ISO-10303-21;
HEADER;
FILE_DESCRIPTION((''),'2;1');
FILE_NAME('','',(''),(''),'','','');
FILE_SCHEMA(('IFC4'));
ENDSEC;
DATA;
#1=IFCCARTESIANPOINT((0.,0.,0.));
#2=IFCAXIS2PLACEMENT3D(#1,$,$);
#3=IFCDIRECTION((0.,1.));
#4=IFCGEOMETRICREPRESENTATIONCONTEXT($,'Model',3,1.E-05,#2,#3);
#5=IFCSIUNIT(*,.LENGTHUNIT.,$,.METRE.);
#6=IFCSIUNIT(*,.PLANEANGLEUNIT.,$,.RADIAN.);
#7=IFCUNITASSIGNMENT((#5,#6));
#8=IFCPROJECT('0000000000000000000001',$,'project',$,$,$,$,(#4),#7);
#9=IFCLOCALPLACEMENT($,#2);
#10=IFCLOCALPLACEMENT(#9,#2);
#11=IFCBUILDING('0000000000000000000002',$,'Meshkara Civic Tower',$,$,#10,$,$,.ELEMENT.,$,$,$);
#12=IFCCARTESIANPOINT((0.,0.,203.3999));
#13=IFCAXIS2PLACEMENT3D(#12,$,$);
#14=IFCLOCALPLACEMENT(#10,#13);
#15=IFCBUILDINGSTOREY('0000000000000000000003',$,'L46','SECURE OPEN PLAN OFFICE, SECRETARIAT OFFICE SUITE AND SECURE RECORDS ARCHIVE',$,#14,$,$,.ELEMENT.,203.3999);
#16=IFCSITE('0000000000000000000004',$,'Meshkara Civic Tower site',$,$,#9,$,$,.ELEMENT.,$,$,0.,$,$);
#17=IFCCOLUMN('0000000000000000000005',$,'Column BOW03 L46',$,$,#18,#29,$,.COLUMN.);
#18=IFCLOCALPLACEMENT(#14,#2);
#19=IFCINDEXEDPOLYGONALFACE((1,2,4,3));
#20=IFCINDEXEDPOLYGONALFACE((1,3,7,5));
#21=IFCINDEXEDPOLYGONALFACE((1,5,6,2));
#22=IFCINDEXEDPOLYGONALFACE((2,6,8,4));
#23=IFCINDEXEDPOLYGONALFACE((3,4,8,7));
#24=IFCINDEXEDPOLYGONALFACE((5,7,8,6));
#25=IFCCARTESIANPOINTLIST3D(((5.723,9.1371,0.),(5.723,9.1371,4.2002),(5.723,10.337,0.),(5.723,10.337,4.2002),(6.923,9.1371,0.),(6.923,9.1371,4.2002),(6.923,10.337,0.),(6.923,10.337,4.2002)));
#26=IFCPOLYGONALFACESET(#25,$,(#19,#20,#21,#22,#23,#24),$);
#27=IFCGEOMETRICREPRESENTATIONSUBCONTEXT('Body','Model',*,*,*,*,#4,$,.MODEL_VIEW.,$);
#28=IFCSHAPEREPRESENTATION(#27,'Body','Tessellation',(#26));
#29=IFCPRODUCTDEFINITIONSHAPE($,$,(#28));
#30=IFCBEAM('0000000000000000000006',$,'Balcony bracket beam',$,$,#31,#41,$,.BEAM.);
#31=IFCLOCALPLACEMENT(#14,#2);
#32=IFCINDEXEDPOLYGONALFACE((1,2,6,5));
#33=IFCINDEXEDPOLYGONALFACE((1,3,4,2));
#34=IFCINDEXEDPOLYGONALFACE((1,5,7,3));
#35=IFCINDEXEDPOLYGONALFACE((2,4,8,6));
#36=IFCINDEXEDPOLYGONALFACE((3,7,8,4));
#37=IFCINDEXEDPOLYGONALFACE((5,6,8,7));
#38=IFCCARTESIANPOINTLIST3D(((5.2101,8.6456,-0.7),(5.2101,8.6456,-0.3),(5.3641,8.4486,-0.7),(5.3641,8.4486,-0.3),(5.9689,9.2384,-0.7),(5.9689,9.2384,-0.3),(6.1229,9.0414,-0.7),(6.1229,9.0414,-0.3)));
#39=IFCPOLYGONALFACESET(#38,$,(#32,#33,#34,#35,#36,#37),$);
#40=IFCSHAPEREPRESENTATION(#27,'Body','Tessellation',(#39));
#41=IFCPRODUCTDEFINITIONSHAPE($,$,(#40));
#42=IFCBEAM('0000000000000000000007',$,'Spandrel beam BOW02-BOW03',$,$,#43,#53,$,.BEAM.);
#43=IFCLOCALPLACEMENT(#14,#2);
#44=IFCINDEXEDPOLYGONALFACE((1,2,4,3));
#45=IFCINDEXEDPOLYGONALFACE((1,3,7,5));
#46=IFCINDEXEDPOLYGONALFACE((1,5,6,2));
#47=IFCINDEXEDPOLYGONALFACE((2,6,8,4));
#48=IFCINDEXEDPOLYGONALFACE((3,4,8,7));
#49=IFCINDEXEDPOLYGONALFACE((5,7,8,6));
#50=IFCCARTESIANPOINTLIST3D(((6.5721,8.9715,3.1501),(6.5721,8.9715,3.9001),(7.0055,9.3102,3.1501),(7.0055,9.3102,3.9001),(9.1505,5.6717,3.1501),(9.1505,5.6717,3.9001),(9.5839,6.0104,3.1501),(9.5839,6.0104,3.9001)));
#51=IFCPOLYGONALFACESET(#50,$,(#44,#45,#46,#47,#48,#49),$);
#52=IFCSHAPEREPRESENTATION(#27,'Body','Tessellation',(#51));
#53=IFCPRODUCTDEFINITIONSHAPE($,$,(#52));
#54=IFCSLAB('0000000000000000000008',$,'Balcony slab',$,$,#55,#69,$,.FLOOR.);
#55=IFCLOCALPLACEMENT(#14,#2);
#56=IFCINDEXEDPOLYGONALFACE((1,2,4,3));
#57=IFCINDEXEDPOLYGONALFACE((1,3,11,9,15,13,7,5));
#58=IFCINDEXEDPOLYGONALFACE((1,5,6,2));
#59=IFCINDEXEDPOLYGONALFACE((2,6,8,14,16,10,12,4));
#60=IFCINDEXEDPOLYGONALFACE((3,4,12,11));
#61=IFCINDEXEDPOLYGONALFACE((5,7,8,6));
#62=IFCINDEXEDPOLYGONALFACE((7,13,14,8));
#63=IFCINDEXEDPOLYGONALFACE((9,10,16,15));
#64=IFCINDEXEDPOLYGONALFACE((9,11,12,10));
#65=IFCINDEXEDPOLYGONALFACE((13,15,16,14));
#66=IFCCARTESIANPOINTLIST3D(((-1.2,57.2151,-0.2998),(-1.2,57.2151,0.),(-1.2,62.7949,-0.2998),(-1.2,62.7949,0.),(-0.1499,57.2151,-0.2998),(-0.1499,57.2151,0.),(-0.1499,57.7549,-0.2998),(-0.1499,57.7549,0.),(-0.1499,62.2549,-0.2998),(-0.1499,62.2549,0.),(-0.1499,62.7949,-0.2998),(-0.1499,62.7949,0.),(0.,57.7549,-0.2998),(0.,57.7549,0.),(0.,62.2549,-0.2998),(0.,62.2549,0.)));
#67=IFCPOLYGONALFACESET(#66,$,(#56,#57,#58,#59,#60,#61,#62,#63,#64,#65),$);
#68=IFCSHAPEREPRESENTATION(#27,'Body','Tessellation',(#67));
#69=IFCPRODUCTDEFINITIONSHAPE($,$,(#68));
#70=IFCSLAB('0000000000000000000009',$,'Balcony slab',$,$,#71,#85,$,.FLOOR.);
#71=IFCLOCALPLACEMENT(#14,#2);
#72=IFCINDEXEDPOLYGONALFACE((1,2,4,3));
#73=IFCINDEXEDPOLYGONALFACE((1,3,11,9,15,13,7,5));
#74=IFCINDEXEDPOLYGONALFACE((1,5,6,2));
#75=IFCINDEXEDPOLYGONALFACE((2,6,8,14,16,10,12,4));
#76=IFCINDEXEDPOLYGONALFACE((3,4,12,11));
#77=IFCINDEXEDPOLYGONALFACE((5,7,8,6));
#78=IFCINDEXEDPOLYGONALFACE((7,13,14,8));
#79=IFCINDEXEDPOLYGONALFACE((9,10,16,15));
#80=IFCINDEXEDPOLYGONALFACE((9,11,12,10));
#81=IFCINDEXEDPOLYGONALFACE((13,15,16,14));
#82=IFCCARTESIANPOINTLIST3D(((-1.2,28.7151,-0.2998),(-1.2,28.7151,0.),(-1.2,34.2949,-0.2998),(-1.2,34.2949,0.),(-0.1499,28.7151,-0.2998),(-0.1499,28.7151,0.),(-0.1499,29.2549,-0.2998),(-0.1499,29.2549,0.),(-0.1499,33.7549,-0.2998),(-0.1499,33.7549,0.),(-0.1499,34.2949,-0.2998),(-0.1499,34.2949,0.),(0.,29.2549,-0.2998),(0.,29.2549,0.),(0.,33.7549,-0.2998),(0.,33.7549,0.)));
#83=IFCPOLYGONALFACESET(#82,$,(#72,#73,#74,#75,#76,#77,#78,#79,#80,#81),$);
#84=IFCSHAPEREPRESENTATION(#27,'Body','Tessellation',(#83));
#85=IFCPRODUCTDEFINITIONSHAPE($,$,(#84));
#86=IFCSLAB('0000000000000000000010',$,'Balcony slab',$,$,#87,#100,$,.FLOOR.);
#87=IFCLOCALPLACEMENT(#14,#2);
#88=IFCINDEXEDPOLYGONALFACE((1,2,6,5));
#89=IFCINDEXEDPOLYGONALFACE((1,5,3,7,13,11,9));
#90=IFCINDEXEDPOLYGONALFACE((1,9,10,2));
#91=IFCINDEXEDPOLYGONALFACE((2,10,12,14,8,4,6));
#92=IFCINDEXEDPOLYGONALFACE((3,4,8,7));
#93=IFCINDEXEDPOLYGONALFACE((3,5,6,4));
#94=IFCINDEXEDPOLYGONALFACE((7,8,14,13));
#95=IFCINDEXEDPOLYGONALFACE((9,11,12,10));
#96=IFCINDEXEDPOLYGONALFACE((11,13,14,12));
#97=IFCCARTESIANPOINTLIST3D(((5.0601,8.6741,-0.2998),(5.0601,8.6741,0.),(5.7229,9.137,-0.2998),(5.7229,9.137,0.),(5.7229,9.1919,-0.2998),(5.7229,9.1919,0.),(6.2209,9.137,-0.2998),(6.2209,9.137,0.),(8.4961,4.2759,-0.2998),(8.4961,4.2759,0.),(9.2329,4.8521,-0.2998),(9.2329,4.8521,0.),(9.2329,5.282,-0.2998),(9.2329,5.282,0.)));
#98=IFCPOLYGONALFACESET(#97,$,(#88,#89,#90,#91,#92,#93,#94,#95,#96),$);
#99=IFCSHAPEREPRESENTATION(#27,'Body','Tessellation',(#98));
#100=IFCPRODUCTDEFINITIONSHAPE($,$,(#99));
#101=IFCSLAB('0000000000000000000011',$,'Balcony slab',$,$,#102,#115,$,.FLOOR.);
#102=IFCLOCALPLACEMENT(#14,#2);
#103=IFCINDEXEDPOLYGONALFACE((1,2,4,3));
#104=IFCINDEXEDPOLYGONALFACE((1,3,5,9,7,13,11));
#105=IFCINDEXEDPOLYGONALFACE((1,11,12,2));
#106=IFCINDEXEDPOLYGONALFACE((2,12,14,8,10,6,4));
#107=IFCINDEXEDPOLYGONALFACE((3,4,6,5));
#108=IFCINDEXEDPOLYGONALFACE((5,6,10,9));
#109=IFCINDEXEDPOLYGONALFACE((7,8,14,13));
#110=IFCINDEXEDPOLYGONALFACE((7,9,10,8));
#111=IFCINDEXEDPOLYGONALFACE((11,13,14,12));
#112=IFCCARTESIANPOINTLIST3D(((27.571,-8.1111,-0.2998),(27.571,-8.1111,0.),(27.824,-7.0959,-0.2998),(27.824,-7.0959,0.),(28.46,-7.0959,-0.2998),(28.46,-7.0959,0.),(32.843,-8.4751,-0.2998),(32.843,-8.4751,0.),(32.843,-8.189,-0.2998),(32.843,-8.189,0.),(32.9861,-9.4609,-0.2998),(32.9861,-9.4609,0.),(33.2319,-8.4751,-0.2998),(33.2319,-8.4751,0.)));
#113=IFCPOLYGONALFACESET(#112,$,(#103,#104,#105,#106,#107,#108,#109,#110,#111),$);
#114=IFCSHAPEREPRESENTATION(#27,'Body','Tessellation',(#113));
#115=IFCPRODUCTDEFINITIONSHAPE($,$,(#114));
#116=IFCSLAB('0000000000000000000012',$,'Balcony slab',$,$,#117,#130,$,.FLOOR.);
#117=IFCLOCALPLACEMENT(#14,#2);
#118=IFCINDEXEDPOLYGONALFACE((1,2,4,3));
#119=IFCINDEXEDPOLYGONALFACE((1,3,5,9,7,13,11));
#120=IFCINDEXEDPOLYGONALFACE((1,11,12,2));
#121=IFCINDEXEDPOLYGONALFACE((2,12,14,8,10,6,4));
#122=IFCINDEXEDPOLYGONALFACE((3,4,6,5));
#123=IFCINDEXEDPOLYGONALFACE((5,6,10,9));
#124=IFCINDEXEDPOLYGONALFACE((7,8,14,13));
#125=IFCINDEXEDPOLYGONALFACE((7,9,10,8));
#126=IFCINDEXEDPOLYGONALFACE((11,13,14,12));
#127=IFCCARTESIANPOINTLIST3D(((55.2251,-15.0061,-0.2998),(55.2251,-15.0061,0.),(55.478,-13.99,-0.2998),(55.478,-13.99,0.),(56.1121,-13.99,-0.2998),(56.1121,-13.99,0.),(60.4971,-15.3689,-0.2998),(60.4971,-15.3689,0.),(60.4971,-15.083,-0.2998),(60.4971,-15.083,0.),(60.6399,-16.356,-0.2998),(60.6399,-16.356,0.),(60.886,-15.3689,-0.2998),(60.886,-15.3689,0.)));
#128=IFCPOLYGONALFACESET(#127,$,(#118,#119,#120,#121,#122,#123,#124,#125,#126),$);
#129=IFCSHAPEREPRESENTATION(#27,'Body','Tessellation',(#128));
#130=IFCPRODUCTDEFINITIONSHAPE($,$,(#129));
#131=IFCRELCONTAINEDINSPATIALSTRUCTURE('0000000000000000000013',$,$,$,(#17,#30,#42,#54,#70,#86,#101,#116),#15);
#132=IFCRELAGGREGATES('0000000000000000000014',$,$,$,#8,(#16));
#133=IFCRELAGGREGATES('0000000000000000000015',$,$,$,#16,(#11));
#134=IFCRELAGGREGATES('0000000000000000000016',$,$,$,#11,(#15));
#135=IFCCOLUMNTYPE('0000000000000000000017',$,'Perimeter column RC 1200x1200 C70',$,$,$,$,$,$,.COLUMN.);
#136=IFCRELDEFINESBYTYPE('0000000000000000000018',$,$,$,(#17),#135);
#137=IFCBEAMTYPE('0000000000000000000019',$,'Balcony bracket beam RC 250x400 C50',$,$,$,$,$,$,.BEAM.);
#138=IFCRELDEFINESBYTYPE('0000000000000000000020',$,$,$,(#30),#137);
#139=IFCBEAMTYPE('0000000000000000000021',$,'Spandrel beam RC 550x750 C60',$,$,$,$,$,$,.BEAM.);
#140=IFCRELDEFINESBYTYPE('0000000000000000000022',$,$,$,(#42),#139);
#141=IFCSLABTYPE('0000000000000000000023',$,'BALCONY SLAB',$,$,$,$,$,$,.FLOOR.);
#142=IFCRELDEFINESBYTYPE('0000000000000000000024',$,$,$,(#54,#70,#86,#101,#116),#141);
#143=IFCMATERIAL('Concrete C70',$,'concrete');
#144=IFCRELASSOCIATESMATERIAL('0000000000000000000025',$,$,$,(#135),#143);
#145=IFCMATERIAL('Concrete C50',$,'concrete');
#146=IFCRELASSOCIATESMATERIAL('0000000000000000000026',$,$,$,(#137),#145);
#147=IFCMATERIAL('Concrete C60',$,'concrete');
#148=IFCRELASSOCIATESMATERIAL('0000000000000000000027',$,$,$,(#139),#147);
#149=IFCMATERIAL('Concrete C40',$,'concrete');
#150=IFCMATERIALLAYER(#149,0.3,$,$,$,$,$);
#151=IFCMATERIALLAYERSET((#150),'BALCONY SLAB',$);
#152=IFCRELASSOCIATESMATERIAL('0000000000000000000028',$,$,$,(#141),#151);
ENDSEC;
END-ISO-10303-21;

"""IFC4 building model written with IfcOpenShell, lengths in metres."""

from ifc_helpers import new_model, si_unit, direction, frame, origin, origin_2d, place, context, subcontext, project, spatial, polyline, rectangle, outline, extrude, material, layer, layer_set, material_profile, profile_set, type_object, element, save


model = new_model("IFC4")

# Units and contexts
model_context = context("Model", 3, precision=1e-05, world=origin(), true_north=direction((0.0, 1.0)))
body_context = subcontext(model_context, "Body", "Model", "MODEL_VIEW")
ifc_project = project(units=[si_unit("LENGTHUNIT", "METRE"), si_unit("PLANEANGLEUNIT", "RADIAN")], contexts=[model_context])

# Site, building, storey
site_placement = place(None, origin())
site = spatial("IfcSite", under=ifc_project, at=site_placement, Name="Meshkara Civic Tower site", CompositionType="ELEMENT", RefElevation=0.0)
building_placement = place(site_placement, origin())
building = spatial("IfcBuilding", under=site, at=building_placement, Name="Meshkara Civic Tower", CompositionType="ELEMENT")
storey_placement = place(building_placement, frame((0.0, 0.0, 203.3999)))
storey = spatial("IfcBuildingStorey", under=building, at=storey_placement, Name="L46", Description="SECURE OPEN PLAN OFFICE, SECRETARIAT OFFICE SUITE AND SECURE RECORDS ARCHIVE", CompositionType="ELEMENT", Elevation=203.3999)

# Column
ifc_material_1 = material(Name="Concrete C70", Category="concrete")
ifc_material_profile_1 = material_profile(ifc_material_1, rectangle(XDim=1.2, YDim=1.2, at=origin_2d()))
ifc_profile_set_1 = profile_set([ifc_material_profile_1], Name="Concrete C70")
column_type = type_object("IfcColumnType", Name="Perimeter column RC 1200x1200 C70", PredefinedType="COLUMN", material=ifc_profile_set_1)
column_placement = place(storey_placement, frame((6.323, 9.7371, 0.0), z_axis=(0.0, 0.0, 1.0), x_axis=(1.0, 0.0, 0.0)))
element("IfcColumn", 1, at=column_placement, inside=storey, type_object=column_type, Name="Column BOW03 L46", PredefinedType="COLUMN", context=body_context, shape_type="SweptSolid", body=[
    extrude(rectangle(XDim=1.2, YDim=1.2, at=origin_2d()), origin(), (0.0, 0.0, 1.0), 4.2002),
])

# Beams
ifc_material_2 = material(Name="Concrete C50", Category="concrete")
ifc_material_profile_2 = material_profile(ifc_material_2, rectangle(XDim=0.25, YDim=0.3999, at=origin_2d()))
ifc_profile_set_2 = profile_set([ifc_material_profile_2], Name="Concrete C50")
beam_type_1 = type_object("IfcBeamType", Name="Balcony bracket beam RC 250x400 C50", PredefinedType="BEAM", material=ifc_profile_set_2)
beam_1_placement = place(storey_placement, frame((6.0459, 9.1399, -0.5), z_axis=(-0.78804, -0.615624, 0.0), x_axis=(0.615624, -0.78804, 0.0)))
element("IfcBeam", 2, at=beam_1_placement, inside=storey, type_object=beam_type_1, Name="Balcony bracket beam", PredefinedType="BEAM", context=body_context, shape_type="SweptSolid", body=[
    extrude(rectangle(XDim=0.25, YDim=0.3999, at=origin_2d()), origin(), (0.0, 0.0, 1.0), 0.9629),
])
ifc_material_3 = material(Name="Concrete C60", Category="concrete")
ifc_material_profile_3 = material_profile(ifc_material_3, rectangle(XDim=0.55, YDim=0.75, at=origin_2d()))
ifc_profile_set_3 = profile_set([ifc_material_profile_3], Name="Concrete C60")
beam_type_2 = type_object("IfcBeamType", Name="Spandrel beam RC 550x750 C60", PredefinedType="BEAM", material=ifc_profile_set_3)
beam_2_placement = place(storey_placement, frame((6.7888, 9.1409, 3.5251), z_axis=(0.615703, -0.787978, 0.0), x_axis=(0.787978, 0.615703, 0.0)))
element("IfcBeam", 3, at=beam_2_placement, inside=storey, type_object=beam_type_2, Name="Spandrel beam BOW02-BOW03", PredefinedType="BEAM", context=body_context, shape_type="SweptSolid", body=[
    extrude(rectangle(XDim=0.55, YDim=0.75, at=origin_2d()), origin(), (0.0, 0.0, 1.0), 4.1877),
])

# Slabs
ifc_material_4 = material(Name="Concrete C40", Category="concrete")
ifc_layer_1 = layer(ifc_material_4, 0.3)
ifc_layer_set_1 = layer_set([ifc_layer_1], Name="BALCONY SLAB")
slab_type_1 = type_object("IfcSlabType", Name="BALCONY SLAB", PredefinedType="FLOOR", material=ifc_layer_set_1)
slab_1_placement = place(storey_placement, frame((0.0, 0.0, -0.2998)))
element("IfcSlab", 4, at=slab_1_placement, inside=storey, type_object=slab_type_1, Name="Balcony slab", PredefinedType="FLOOR", context=body_context, shape_type="SweptSolid", body=[
    extrude(outline(polyline([(-1.2, 57.2151), (-1.2, 62.7949), (-0.1499, 62.7949), (-0.1499, 62.2549), (0.0, 62.2549), (0.0, 57.7549), (-0.1499, 57.7549), (-0.1499, 57.2151), (-1.2, 57.2151)])), origin(), (0.0, 0.0, 1.0), 0.2998),
])
slab_2_placement = place(storey_placement, frame((0.0, 0.0, -0.2998)))
element("IfcSlab", 5, at=slab_2_placement, inside=storey, type_object=slab_type_1, Name="Balcony slab", PredefinedType="FLOOR", context=body_context, shape_type="SweptSolid", body=[
    extrude(outline(polyline([(-1.2, 28.7151), (-1.2, 34.2949), (-0.1499, 34.2949), (-0.1499, 33.7549), (0.0, 33.7549), (0.0, 29.2549), (-0.1499, 29.2549), (-0.1499, 28.7151), (-1.2, 28.7151)])), origin(), (0.0, 0.0, 1.0), 0.2998),
])
slab_3_placement = place(storey_placement, frame((0.0, 0.0, -0.2998)))
element("IfcSlab", 6, at=slab_3_placement, inside=storey, type_object=slab_type_1, Name="Balcony slab", PredefinedType="FLOOR", context=body_context, shape_type="SweptSolid", body=[
    extrude(outline(polyline([(8.4961, 4.2759), (5.0601, 8.6741), (5.7229, 9.1919), (5.7229, 9.137), (6.2209, 9.137), (9.2329, 5.282), (9.2329, 4.8521), (8.4961, 4.2759)])), origin(), (0.0, 0.0, 1.0), 0.2998),
])
slab_4_placement = place(storey_placement, frame((0.0, 0.0, -0.2998)))
element("IfcSlab", 7, at=slab_4_placement, inside=storey, type_object=slab_type_1, Name="Balcony slab", PredefinedType="FLOOR", context=body_context, shape_type="SweptSolid", body=[
    extrude(outline(polyline([(32.9861, -9.4609), (27.571, -8.1111), (27.824, -7.0959), (28.46, -7.0959), (32.843, -8.189), (32.843, -8.4751), (33.2319, -8.4751), (32.9861, -9.4609)])), origin(), (0.0, 0.0, 1.0), 0.2998),
])
slab_5_placement = place(storey_placement, frame((0.0, 0.0, -0.2998)))
element("IfcSlab", 8, at=slab_5_placement, inside=storey, type_object=slab_type_1, Name="Balcony slab", PredefinedType="FLOOR", context=body_context, shape_type="SweptSolid", body=[
    extrude(outline(polyline([(60.6399, -16.356), (55.2251, -15.0061), (55.478, -13.99), (56.1121, -13.99), (60.4971, -15.083), (60.4971, -15.3689), (60.886, -15.3689), (60.6399, -16.356)])), origin(), (0.0, 0.0, 1.0), 0.2998),
])

save(model, "model.ifc")
